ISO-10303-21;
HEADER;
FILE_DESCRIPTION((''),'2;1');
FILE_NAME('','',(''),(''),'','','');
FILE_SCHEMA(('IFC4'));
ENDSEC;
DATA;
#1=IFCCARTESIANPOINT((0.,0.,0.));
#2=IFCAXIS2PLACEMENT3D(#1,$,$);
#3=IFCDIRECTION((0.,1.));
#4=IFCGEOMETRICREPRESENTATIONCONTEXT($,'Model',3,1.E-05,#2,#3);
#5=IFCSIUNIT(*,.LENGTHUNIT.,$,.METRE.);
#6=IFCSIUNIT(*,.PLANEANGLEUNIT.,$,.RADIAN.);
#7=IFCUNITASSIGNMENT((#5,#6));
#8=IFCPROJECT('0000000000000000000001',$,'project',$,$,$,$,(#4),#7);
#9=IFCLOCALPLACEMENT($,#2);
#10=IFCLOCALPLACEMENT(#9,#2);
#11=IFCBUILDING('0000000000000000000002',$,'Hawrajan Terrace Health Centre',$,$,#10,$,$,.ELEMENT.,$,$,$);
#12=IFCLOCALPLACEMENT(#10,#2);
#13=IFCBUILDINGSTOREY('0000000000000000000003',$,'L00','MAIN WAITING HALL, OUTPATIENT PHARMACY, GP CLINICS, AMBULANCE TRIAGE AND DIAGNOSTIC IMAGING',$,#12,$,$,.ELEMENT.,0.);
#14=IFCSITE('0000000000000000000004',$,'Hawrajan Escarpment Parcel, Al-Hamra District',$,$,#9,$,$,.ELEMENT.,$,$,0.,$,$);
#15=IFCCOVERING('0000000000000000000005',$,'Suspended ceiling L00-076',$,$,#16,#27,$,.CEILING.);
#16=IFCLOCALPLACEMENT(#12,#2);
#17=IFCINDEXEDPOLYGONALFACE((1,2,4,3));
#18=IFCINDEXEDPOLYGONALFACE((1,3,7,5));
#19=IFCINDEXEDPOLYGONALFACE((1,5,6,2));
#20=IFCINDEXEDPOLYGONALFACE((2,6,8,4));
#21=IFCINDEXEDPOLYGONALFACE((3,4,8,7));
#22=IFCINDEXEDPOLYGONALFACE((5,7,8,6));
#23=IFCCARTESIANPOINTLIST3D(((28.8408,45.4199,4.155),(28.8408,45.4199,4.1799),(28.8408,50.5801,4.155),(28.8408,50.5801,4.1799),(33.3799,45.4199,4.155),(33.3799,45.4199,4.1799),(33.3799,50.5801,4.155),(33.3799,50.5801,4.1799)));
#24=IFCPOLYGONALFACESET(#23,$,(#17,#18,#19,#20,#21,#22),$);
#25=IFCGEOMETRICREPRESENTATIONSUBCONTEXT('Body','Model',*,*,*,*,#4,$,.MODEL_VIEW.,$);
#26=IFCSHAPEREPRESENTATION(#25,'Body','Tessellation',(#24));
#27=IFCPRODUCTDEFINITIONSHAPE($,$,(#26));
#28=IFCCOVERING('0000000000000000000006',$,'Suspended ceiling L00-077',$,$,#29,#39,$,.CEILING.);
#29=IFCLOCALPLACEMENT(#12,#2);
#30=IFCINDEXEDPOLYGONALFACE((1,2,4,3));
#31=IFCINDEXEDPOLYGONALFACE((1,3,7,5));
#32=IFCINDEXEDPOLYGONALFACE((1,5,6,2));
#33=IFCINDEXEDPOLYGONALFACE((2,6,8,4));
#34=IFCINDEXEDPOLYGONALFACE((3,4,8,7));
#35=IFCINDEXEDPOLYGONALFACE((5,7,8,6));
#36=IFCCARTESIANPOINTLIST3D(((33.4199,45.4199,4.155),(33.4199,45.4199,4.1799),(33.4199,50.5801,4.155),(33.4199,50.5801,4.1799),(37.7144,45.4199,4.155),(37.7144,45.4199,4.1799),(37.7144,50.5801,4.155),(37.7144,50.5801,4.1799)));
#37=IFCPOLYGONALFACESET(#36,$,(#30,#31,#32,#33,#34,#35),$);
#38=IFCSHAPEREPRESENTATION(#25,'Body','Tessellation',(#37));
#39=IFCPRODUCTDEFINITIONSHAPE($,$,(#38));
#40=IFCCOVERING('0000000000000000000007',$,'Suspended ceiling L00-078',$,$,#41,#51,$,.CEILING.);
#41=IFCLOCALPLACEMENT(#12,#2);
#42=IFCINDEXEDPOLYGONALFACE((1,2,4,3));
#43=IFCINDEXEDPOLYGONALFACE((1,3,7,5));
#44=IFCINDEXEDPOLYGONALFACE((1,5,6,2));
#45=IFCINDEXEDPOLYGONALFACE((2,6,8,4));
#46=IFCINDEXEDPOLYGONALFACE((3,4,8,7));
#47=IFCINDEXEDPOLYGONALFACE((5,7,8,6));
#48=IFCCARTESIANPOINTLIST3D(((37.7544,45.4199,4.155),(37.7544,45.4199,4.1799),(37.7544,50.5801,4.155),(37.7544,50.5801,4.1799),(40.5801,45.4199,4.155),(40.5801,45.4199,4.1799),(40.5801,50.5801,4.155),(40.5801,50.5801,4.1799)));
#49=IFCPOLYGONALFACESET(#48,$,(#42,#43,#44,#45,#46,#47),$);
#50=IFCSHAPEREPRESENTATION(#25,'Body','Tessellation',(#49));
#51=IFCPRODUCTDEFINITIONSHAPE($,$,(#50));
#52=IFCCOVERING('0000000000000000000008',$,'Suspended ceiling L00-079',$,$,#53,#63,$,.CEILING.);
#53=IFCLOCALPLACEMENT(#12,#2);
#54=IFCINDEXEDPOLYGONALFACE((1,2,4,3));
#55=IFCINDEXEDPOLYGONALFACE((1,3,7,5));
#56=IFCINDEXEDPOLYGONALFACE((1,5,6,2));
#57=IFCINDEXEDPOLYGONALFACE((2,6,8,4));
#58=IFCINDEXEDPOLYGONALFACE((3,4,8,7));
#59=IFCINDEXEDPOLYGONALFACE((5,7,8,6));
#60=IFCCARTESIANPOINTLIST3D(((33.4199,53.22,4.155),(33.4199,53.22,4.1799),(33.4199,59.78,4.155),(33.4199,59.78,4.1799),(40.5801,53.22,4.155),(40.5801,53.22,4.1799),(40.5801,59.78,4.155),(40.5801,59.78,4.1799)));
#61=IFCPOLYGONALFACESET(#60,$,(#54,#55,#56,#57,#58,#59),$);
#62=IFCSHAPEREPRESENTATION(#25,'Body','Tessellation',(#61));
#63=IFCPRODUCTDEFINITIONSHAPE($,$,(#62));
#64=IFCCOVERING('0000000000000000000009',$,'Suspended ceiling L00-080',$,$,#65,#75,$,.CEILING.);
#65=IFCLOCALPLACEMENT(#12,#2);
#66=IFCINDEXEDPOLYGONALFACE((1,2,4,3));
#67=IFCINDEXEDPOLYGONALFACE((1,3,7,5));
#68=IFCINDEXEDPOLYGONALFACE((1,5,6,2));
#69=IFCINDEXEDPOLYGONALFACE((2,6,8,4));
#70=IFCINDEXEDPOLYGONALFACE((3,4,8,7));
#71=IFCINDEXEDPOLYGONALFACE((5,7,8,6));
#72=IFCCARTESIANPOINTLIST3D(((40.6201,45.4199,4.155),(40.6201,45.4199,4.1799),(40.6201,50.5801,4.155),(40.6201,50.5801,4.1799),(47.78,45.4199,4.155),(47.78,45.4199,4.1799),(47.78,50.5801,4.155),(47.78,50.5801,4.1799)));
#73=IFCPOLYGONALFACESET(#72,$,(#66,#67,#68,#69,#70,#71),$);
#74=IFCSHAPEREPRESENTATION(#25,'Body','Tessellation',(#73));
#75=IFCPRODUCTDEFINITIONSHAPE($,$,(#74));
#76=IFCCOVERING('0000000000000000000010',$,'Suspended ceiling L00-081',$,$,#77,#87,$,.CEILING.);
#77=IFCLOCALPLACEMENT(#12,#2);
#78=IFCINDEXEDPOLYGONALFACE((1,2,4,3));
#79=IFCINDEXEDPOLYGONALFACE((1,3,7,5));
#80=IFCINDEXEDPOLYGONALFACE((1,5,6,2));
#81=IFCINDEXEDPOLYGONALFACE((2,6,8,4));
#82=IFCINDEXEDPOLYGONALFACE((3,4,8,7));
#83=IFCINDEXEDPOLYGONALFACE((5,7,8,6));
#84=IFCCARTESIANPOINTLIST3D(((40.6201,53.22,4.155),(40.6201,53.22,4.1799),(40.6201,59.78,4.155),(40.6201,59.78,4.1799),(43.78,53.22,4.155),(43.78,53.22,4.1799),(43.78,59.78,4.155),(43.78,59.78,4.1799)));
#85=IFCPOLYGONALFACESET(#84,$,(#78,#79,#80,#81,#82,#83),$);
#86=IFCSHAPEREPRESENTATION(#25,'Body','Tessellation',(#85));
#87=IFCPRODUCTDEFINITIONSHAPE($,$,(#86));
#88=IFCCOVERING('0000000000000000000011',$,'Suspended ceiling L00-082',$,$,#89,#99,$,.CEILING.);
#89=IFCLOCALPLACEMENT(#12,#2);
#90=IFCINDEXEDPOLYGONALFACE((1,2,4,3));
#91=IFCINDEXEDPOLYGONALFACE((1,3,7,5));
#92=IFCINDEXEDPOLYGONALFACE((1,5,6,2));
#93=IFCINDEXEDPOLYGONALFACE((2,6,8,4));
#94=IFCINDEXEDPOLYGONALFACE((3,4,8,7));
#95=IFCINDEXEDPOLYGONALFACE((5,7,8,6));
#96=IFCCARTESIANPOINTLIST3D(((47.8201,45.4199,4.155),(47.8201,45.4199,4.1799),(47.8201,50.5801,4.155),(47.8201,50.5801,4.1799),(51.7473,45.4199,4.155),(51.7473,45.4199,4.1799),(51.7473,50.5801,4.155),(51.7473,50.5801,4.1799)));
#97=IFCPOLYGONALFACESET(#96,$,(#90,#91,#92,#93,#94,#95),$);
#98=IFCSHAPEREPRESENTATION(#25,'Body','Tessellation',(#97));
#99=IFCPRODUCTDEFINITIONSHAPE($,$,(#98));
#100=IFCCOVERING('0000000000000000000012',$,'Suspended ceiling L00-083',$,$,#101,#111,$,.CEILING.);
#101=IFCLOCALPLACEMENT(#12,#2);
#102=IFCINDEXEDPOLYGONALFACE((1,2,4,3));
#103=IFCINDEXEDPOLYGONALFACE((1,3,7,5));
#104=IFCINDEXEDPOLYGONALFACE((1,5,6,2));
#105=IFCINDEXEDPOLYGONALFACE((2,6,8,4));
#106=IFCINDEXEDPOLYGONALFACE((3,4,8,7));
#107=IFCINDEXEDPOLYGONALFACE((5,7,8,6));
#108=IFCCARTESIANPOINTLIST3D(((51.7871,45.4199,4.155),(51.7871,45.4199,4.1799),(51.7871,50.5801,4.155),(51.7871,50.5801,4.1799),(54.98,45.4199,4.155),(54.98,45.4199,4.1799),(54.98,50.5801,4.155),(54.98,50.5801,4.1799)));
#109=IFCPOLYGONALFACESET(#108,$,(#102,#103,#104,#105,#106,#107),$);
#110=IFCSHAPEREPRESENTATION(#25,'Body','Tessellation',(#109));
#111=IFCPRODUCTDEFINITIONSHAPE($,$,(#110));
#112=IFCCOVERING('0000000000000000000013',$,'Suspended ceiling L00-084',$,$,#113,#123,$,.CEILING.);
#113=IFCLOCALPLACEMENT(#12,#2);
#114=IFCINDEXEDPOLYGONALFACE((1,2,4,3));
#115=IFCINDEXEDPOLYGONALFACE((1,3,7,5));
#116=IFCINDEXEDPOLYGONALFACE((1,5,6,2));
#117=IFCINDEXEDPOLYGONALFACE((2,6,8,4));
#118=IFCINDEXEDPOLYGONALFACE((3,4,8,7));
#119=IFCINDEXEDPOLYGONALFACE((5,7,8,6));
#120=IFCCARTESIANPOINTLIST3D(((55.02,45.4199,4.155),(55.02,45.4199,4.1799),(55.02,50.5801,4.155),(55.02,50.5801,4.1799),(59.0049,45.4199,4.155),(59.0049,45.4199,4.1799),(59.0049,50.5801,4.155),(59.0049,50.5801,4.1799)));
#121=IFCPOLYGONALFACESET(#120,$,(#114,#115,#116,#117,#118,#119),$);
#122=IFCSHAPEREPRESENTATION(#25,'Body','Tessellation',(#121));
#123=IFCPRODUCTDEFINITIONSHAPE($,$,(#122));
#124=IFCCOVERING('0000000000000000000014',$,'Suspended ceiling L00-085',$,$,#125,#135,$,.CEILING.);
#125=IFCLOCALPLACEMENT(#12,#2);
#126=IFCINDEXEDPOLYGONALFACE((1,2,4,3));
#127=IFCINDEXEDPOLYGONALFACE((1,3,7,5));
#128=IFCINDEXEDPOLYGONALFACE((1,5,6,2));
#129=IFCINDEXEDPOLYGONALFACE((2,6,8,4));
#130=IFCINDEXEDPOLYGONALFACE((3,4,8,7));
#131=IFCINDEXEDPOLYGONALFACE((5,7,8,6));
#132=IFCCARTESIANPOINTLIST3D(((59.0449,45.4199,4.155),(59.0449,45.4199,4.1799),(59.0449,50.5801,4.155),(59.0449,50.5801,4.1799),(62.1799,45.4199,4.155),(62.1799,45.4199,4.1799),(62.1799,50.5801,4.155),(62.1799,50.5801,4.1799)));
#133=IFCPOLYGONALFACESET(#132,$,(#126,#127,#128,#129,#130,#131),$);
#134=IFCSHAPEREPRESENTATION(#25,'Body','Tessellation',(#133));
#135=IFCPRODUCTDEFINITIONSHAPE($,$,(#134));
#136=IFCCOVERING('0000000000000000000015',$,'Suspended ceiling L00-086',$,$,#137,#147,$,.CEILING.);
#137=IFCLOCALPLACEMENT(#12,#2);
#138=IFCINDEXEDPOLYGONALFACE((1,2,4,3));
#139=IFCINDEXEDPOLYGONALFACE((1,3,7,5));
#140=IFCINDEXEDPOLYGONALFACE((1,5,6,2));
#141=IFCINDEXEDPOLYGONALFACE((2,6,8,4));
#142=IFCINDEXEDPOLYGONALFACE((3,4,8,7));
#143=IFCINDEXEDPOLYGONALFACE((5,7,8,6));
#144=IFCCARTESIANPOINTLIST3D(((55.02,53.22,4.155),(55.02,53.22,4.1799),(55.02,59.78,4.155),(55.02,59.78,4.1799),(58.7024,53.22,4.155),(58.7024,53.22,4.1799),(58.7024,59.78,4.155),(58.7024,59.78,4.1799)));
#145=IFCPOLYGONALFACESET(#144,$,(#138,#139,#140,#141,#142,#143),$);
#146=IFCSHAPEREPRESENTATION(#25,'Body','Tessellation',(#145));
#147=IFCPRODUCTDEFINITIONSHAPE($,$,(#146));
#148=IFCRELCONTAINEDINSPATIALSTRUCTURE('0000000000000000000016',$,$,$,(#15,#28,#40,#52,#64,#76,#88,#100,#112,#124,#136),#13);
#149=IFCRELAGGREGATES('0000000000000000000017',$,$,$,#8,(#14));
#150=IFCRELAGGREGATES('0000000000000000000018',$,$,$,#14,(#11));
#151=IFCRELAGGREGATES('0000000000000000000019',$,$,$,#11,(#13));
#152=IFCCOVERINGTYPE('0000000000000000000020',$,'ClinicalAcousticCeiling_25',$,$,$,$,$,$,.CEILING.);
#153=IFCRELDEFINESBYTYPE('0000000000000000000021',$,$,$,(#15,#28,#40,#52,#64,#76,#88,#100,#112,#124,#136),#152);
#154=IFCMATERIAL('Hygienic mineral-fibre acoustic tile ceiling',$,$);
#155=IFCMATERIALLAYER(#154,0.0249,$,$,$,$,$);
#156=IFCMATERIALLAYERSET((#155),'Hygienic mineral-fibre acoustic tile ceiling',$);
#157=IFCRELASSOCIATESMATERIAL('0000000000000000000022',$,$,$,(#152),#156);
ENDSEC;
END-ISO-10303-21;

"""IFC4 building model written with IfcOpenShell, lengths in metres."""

from ifc_helpers import new_model, si_unit, direction, frame, origin, place, context, subcontext, project, spatial, polyline, outline, extrude, material, layer, layer_set, type_object, element, save


model = new_model("IFC4")

# Units and contexts
model_context = context("Model", 3, precision=1e-05, world=origin(), true_north=direction((0.0, 1.0)))
body_context = subcontext(model_context, "Body", "Model", "MODEL_VIEW")
ifc_project = project(units=[si_unit("LENGTHUNIT", "METRE"), si_unit("PLANEANGLEUNIT", "RADIAN")], contexts=[model_context])

# Site, building, storey
site_placement = place(None, origin())
site = spatial("IfcSite", under=ifc_project, at=site_placement, Name="Hawrajan Escarpment Parcel, Al-Hamra District", CompositionType="ELEMENT", RefElevation=0.0)
building_placement = place(site_placement, origin())
building = spatial("IfcBuilding", under=site, at=building_placement, Name="Hawrajan Terrace Health Centre", CompositionType="ELEMENT")
storey_placement = place(building_placement, origin())
storey = spatial("IfcBuildingStorey", under=building, at=storey_placement, Name="L00", Description="MAIN WAITING HALL, OUTPATIENT PHARMACY, GP CLINICS, AMBULANCE TRIAGE AND DIAGNOSTIC IMAGING", CompositionType="ELEMENT", Elevation=0.0)

# Coverings
ifc_material = material(Name="Hygienic mineral-fibre acoustic tile ceiling")
ifc_layer = layer(ifc_material, 0.0249)
ifc_layer_set = layer_set([ifc_layer], Name="Hygienic mineral-fibre acoustic tile ceiling")
covering_type = type_object("IfcCoveringType", Name="ClinicalAcousticCeiling_25", PredefinedType="CEILING", material=ifc_layer_set)
covering_1_placement = place(storey_placement, frame((0.0, 0.0, 4.155)))
element("IfcCovering", 1, at=covering_1_placement, inside=storey, type_object=covering_type, Name="Suspended ceiling L00-076", PredefinedType="CEILING", context=body_context, shape_type="SweptSolid", body=[
    extrude(outline(polyline([(28.8408, 50.5801), (33.3799, 50.5801), (33.3799, 45.4199), (28.8408, 45.4199), (28.8408, 50.5801)])), origin(), (0.0, 0.0, 1.0), 0.0249),
])
covering_2_placement = place(storey_placement, frame((0.0, 0.0, 4.155)))
element("IfcCovering", 2, at=covering_2_placement, inside=storey, type_object=covering_type, Name="Suspended ceiling L00-077", PredefinedType="CEILING", context=body_context, shape_type="SweptSolid", body=[
    extrude(outline(polyline([(33.4199, 50.5801), (37.7144, 50.5801), (37.7144, 45.4199), (33.4199, 45.4199), (33.4199, 50.5801)])), origin(), (0.0, 0.0, 1.0), 0.0249),
])
covering_3_placement = place(storey_placement, frame((0.0, 0.0, 4.155)))
element("IfcCovering", 3, at=covering_3_placement, inside=storey, type_object=covering_type, Name="Suspended ceiling L00-078", PredefinedType="CEILING", context=body_context, shape_type="SweptSolid", body=[
    extrude(outline(polyline([(37.7544, 50.5801), (40.5801, 50.5801), (40.5801, 45.4199), (37.7544, 45.4199), (37.7544, 50.5801)])), origin(), (0.0, 0.0, 1.0), 0.0249),
])
covering_4_placement = place(storey_placement, frame((0.0, 0.0, 4.155)))
element("IfcCovering", 4, at=covering_4_placement, inside=storey, type_object=covering_type, Name="Suspended ceiling L00-079", PredefinedType="CEILING", context=body_context, shape_type="SweptSolid", body=[
    extrude(outline(polyline([(33.4199, 59.78), (40.5801, 59.78), (40.5801, 53.22), (33.4199, 53.22), (33.4199, 59.78)])), origin(), (0.0, 0.0, 1.0), 0.0249),
])
covering_5_placement = place(storey_placement, frame((0.0, 0.0, 4.155)))
element("IfcCovering", 5, at=covering_5_placement, inside=storey, type_object=covering_type, Name="Suspended ceiling L00-080", PredefinedType="CEILING", context=body_context, shape_type="SweptSolid", body=[
    extrude(outline(polyline([(40.6201, 50.5801), (47.78, 50.5801), (47.78, 45.4199), (40.6201, 45.4199), (40.6201, 50.5801)])), origin(), (0.0, 0.0, 1.0), 0.0249),
])
covering_6_placement = place(storey_placement, frame((0.0, 0.0, 4.155)))
element("IfcCovering", 6, at=covering_6_placement, inside=storey, type_object=covering_type, Name="Suspended ceiling L00-081", PredefinedType="CEILING", context=body_context, shape_type="SweptSolid", body=[
    extrude(outline(polyline([(40.6201, 59.78), (43.78, 59.78), (43.78, 53.22), (40.6201, 53.22), (40.6201, 59.78)])), origin(), (0.0, 0.0, 1.0), 0.0249),
])
covering_7_placement = place(storey_placement, frame((0.0, 0.0, 4.155)))
element("IfcCovering", 7, at=covering_7_placement, inside=storey, type_object=covering_type, Name="Suspended ceiling L00-082", PredefinedType="CEILING", context=body_context, shape_type="SweptSolid", body=[
    extrude(outline(polyline([(47.8201, 50.5801), (51.7473, 50.5801), (51.7473, 45.4199), (47.8201, 45.4199), (47.8201, 50.5801)])), origin(), (0.0, 0.0, 1.0), 0.0249),
])
covering_8_placement = place(storey_placement, frame((0.0, 0.0, 4.155)))
element("IfcCovering", 8, at=covering_8_placement, inside=storey, type_object=covering_type, Name="Suspended ceiling L00-083", PredefinedType="CEILING", context=body_context, shape_type="SweptSolid", body=[
    extrude(outline(polyline([(51.7871, 50.5801), (54.98, 50.5801), (54.98, 45.4199), (51.7871, 45.4199), (51.7871, 50.5801)])), origin(), (0.0, 0.0, 1.0), 0.0249),
])
covering_9_placement = place(storey_placement, frame((0.0, 0.0, 4.155)))
element("IfcCovering", 9, at=covering_9_placement, inside=storey, type_object=covering_type, Name="Suspended ceiling L00-084", PredefinedType="CEILING", context=body_context, shape_type="SweptSolid", body=[
    extrude(outline(polyline([(55.02, 50.5801), (59.0049, 50.5801), (59.0049, 45.4199), (55.02, 45.4199), (55.02, 50.5801)])), origin(), (0.0, 0.0, 1.0), 0.0249),
])
covering_10_placement = place(storey_placement, frame((0.0, 0.0, 4.155)))
element("IfcCovering", 10, at=covering_10_placement, inside=storey, type_object=covering_type, Name="Suspended ceiling L00-085", PredefinedType="CEILING", context=body_context, shape_type="SweptSolid", body=[
    extrude(outline(polyline([(59.0449, 50.5801), (62.1799, 50.5801), (62.1799, 45.4199), (59.0449, 45.4199), (59.0449, 50.5801)])), origin(), (0.0, 0.0, 1.0), 0.0249),
])
covering_11_placement = place(storey_placement, frame((0.0, 0.0, 4.155)))
element("IfcCovering", 11, at=covering_11_placement, inside=storey, type_object=covering_type, Name="Suspended ceiling L00-086", PredefinedType="CEILING", context=body_context, shape_type="SweptSolid", body=[
    extrude(outline(polyline([(55.02, 59.78), (58.7024, 59.78), (58.7024, 53.22), (55.02, 53.22), (55.02, 59.78)])), origin(), (0.0, 0.0, 1.0), 0.0249),
])

save(model, "model.ifc")
